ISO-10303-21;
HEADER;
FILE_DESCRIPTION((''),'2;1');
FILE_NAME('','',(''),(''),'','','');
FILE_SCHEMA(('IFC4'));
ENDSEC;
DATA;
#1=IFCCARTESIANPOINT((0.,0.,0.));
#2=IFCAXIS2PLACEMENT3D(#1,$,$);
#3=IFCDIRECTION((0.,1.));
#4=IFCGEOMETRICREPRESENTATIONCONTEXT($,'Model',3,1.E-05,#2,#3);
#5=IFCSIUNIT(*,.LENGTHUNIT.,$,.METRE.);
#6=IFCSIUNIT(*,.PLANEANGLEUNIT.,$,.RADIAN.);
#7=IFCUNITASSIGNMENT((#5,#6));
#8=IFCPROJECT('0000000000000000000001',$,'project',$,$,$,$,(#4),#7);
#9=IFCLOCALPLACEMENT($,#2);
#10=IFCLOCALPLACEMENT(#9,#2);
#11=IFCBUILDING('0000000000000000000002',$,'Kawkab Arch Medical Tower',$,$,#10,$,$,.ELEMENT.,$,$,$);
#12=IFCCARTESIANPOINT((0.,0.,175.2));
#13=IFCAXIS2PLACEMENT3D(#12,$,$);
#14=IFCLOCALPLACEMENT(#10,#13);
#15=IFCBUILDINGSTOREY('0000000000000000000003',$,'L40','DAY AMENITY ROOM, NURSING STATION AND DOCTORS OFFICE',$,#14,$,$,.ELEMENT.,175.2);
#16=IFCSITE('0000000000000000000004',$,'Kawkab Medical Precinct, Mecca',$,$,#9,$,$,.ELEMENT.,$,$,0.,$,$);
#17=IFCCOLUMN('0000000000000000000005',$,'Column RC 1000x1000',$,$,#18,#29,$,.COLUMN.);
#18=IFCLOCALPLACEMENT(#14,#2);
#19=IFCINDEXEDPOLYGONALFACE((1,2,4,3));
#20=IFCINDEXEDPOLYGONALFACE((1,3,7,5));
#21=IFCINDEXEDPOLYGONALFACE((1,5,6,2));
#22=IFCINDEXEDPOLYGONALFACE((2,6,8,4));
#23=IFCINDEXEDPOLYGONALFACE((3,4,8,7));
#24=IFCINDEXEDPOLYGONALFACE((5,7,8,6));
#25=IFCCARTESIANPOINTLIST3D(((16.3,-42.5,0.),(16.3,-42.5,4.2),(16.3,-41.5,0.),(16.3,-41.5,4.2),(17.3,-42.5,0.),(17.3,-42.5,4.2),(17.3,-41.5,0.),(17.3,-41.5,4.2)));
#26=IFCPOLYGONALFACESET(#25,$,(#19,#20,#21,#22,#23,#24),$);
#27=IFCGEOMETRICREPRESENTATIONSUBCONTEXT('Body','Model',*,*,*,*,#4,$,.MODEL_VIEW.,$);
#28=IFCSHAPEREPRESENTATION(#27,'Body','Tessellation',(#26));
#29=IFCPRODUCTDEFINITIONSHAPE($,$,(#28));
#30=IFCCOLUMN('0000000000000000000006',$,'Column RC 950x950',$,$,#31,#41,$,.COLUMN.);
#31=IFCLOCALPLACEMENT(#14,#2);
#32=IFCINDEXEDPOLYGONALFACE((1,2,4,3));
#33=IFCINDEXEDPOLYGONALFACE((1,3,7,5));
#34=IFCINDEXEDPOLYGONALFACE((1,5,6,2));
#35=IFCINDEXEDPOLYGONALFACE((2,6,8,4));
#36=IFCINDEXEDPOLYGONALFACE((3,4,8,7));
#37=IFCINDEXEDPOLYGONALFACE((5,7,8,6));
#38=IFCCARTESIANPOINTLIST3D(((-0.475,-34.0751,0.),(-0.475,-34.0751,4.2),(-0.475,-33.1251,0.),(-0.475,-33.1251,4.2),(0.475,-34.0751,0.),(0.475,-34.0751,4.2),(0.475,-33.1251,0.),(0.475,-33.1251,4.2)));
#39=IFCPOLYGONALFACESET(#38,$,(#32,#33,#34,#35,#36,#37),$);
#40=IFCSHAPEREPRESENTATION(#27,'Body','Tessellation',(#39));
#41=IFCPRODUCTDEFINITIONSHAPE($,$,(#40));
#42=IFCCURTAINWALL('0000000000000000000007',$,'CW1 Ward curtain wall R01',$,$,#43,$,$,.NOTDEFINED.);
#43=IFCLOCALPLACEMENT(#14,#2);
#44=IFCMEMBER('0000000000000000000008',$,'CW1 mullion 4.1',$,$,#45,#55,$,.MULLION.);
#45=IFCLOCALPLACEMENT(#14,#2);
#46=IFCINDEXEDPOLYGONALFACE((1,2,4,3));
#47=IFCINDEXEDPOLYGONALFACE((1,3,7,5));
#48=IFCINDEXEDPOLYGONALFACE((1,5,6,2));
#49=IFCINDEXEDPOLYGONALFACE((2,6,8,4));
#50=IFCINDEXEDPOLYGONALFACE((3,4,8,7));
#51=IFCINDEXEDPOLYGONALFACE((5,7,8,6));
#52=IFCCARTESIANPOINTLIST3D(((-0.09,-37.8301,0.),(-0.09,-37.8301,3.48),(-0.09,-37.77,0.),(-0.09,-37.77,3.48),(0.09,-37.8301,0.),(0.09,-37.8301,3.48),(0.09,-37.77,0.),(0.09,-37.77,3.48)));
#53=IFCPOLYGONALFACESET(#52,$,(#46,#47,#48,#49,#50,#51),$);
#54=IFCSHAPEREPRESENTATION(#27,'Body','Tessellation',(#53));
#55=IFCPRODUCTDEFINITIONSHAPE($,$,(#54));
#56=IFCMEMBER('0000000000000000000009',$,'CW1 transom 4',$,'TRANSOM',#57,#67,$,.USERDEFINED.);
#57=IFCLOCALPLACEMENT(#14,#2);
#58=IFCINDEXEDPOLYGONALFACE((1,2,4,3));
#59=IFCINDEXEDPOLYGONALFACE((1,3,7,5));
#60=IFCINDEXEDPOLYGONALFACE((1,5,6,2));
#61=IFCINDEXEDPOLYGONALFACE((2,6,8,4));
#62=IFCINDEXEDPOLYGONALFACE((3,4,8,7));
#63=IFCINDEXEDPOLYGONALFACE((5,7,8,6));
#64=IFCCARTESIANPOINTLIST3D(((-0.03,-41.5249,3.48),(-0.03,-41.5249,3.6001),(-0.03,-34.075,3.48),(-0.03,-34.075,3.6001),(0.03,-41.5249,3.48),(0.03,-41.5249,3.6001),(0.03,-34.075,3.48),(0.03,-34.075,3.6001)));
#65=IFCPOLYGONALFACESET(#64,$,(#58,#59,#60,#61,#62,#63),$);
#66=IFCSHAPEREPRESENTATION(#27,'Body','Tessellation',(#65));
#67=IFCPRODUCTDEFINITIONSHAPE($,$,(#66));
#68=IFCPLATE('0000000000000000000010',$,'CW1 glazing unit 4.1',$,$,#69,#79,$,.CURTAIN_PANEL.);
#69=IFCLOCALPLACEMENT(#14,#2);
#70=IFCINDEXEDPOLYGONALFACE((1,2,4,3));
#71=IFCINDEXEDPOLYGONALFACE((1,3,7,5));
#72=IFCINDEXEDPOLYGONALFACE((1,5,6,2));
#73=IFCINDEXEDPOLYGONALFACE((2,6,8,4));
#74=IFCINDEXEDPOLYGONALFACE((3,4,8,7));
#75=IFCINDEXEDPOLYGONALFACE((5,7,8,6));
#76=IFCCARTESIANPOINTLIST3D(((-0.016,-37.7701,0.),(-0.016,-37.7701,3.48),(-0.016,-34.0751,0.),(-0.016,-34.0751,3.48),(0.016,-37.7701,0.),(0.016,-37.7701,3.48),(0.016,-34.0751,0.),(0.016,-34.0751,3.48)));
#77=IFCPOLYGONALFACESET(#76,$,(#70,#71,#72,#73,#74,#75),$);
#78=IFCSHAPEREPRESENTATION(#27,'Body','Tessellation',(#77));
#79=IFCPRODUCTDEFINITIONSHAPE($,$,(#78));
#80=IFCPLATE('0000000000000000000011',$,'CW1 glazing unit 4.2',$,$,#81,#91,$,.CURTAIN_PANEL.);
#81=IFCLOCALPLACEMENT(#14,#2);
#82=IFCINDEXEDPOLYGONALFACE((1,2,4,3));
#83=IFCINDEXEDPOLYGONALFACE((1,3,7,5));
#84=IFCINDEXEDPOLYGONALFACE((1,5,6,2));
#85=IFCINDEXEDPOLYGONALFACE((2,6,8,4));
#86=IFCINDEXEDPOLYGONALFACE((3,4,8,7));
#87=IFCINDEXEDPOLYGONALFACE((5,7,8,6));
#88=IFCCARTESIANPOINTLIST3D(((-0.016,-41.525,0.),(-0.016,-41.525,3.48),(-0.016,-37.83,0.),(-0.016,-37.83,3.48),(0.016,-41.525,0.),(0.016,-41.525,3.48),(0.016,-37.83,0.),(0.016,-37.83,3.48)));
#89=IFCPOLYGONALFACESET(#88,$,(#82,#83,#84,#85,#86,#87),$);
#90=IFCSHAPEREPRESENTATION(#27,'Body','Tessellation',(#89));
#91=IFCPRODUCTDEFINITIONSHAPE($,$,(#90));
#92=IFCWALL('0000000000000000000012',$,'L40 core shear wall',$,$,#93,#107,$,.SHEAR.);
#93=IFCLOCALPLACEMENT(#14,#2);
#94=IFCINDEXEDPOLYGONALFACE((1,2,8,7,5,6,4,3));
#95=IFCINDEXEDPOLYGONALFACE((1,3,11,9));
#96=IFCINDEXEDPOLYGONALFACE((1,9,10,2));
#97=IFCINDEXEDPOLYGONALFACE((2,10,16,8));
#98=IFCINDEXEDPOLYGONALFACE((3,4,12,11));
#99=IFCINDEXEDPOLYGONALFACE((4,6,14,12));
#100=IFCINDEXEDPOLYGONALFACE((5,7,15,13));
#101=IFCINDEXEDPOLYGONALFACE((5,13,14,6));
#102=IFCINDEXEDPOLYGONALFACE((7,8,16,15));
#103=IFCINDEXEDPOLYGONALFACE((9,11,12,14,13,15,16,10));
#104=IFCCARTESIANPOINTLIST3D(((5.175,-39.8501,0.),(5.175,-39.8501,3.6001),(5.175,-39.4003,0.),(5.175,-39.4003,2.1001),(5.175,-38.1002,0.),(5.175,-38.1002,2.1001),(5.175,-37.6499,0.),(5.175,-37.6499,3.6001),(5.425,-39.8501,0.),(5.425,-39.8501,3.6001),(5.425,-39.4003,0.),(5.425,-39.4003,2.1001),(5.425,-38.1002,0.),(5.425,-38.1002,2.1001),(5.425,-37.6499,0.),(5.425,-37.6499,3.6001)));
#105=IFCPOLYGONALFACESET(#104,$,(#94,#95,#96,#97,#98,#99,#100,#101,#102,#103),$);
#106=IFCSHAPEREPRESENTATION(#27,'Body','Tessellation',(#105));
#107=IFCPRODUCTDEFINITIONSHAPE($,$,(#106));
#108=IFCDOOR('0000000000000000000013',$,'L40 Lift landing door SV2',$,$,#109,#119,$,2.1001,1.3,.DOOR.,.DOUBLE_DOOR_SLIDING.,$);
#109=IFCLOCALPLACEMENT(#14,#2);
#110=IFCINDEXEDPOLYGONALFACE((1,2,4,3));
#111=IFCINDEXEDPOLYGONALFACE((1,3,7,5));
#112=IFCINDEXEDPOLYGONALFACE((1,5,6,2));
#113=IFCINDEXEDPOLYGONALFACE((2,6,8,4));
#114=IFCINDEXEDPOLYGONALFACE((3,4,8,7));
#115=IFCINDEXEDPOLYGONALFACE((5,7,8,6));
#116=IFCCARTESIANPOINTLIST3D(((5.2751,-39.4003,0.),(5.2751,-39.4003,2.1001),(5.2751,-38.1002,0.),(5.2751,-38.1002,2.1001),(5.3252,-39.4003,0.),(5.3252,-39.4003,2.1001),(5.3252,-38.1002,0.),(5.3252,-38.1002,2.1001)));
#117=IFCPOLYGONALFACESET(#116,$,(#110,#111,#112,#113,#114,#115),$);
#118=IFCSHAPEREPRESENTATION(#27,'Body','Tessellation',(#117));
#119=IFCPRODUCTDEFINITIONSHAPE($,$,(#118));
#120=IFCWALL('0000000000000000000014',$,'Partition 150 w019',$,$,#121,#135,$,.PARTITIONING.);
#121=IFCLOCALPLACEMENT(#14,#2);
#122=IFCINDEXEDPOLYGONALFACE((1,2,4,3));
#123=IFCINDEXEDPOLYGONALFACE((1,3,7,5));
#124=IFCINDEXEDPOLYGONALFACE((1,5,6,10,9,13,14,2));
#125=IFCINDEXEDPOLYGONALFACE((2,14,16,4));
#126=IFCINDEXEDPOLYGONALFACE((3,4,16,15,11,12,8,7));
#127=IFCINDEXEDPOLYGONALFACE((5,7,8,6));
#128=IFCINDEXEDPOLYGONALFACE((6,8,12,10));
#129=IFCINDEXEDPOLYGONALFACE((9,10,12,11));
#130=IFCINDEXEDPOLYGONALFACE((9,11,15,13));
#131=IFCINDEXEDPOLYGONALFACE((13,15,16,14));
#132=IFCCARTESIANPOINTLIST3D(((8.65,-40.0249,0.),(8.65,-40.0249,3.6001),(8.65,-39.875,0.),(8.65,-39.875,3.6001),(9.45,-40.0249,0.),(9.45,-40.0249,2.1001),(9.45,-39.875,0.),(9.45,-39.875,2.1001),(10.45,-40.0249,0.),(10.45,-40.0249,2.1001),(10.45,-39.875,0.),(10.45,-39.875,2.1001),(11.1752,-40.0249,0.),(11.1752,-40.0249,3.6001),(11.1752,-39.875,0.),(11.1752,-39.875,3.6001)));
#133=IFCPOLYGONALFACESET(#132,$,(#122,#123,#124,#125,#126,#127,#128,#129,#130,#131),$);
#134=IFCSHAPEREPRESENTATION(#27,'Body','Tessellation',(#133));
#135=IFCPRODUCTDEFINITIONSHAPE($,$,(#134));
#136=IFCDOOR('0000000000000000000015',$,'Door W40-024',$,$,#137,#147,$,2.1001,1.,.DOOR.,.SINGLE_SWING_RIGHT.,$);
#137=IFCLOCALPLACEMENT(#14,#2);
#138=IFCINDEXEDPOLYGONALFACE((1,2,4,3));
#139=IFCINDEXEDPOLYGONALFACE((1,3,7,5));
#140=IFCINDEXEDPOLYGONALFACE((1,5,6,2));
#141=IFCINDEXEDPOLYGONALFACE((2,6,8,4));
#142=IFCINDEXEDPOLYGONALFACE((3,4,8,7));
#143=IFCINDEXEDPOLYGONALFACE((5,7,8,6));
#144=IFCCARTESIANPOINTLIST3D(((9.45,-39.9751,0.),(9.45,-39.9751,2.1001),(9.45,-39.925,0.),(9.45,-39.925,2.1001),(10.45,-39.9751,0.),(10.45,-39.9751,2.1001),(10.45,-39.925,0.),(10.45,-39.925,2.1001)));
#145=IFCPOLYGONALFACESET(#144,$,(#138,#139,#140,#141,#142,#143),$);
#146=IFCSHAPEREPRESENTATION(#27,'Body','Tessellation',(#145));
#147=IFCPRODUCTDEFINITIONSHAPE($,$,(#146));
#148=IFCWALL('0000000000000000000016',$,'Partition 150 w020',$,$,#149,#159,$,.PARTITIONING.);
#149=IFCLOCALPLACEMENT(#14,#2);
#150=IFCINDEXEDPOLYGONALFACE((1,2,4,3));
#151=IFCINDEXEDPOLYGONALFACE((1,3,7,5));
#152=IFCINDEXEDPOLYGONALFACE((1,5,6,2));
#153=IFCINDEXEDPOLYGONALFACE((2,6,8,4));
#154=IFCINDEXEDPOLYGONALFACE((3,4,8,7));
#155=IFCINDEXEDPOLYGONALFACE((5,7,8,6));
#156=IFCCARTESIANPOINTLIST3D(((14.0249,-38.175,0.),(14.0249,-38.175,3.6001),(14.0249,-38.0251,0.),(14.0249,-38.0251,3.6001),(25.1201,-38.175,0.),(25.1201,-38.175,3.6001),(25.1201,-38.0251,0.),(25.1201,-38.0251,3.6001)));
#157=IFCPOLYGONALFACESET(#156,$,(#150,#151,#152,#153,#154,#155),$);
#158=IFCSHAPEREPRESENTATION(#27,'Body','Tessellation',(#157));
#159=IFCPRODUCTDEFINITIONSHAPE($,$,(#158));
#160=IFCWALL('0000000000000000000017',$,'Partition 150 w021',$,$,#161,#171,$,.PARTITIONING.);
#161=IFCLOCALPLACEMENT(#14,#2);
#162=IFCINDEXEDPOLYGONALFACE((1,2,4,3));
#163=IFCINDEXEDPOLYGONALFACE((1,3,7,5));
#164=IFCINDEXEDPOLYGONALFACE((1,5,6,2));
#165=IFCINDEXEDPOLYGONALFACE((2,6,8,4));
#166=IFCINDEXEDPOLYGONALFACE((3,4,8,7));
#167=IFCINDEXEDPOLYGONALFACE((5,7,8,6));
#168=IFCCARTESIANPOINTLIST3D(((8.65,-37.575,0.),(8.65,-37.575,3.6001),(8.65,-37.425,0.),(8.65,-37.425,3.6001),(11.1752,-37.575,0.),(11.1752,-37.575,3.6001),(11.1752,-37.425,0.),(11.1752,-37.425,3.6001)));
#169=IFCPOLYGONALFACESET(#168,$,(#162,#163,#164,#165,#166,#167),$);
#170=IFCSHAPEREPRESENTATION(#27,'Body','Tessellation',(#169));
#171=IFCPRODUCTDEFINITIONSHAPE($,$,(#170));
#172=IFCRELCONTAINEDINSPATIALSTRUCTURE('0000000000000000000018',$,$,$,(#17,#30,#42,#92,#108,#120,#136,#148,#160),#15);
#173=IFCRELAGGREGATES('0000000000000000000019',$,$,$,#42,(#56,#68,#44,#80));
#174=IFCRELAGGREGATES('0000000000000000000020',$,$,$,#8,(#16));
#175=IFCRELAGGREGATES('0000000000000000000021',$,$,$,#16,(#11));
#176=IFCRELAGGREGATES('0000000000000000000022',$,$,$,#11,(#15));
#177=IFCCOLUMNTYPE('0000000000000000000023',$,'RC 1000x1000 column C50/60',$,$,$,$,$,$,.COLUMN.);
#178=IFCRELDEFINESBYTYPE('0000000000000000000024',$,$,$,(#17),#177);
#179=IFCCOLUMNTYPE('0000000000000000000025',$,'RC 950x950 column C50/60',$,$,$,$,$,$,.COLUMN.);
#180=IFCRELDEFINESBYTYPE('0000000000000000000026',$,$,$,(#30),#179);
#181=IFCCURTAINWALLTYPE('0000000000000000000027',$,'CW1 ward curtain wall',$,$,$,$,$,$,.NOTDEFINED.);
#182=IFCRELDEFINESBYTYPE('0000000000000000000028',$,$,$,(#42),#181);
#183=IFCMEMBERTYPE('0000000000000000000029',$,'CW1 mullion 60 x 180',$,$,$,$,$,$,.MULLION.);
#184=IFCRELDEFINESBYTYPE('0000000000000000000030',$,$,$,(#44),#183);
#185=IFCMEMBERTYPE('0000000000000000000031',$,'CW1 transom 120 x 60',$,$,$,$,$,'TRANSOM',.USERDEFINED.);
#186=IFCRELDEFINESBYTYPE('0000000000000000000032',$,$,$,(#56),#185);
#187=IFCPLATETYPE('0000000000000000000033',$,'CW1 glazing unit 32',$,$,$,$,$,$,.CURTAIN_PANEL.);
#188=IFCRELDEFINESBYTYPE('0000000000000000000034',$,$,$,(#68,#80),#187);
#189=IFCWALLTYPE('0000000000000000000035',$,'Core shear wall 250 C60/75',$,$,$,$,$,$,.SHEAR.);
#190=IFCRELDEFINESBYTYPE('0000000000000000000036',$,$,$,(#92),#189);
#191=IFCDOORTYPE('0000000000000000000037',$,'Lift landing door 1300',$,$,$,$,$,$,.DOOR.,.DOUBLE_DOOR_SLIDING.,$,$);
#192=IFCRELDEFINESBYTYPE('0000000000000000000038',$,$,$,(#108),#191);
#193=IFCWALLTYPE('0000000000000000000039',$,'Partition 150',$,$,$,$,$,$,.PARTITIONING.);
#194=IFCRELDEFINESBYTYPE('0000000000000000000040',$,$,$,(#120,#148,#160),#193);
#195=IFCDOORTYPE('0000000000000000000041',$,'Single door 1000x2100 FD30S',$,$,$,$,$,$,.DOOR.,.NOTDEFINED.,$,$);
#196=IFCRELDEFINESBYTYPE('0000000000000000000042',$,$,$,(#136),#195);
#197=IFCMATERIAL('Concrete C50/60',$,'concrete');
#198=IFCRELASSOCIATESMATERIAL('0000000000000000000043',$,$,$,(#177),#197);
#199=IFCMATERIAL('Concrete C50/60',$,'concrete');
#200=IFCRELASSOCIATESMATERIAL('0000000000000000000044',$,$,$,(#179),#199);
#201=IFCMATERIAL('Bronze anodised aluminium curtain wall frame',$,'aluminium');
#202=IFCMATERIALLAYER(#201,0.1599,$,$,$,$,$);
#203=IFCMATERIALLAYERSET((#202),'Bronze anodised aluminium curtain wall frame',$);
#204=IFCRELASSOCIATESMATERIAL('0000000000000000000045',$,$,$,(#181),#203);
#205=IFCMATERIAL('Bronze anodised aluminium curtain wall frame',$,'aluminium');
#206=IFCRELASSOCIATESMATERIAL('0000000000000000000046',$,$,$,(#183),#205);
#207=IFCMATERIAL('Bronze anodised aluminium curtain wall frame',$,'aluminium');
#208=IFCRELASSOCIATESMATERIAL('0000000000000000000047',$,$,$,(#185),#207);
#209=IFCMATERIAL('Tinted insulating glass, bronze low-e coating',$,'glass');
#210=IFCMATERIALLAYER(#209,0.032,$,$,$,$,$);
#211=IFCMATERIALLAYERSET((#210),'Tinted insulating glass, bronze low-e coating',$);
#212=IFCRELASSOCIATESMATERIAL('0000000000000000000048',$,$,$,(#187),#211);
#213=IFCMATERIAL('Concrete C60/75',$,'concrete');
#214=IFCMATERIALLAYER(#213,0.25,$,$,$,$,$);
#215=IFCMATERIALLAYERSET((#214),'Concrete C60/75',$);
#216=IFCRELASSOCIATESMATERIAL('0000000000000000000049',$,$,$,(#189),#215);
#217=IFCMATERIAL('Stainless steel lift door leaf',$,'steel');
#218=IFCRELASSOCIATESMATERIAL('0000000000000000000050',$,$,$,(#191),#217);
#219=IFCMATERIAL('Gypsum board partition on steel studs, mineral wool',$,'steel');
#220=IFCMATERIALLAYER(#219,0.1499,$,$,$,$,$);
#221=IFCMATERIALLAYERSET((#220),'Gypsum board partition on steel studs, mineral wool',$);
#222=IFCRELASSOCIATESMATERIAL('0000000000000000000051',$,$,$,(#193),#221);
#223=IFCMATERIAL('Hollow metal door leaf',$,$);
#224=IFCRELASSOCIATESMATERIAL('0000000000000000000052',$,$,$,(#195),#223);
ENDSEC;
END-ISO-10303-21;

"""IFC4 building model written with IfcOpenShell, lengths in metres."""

from ifc_helpers import new_model, si_unit, direction, frame, frame_2d, origin, origin_2d, place, context, subcontext, project, spatial, rectangle, extrude, material, layer, layer_set, material_profile, profile_set, type_object, element, fill, aggregate, save


model = new_model("IFC4")

# Units and contexts
model_context = context("Model", 3, precision=1e-05, world=origin(), true_north=direction((0.0, 1.0)))
body_context = subcontext(model_context, "Body", "Model", "MODEL_VIEW")
ifc_project = project(units=[si_unit("LENGTHUNIT", "METRE"), si_unit("PLANEANGLEUNIT", "RADIAN")], contexts=[model_context])

# Site, building, storey
site_placement = place(None, origin())
site = spatial("IfcSite", under=ifc_project, at=site_placement, Name="Kawkab Medical Precinct, Mecca", CompositionType="ELEMENT", RefElevation=0.0)
building_placement = place(site_placement, origin())
building = spatial("IfcBuilding", under=site, at=building_placement, Name="Kawkab Arch Medical Tower", CompositionType="ELEMENT")
storey_placement = place(building_placement, frame((0.0, 0.0, 175.2)))
storey = spatial("IfcBuildingStorey", under=building, at=storey_placement, Name="L40", Description="DAY AMENITY ROOM, NURSING STATION AND DOCTORS OFFICE", CompositionType="ELEMENT", Elevation=175.2)

# Columns
ifc_material_1 = material(Name="Concrete C50/60", Category="concrete")
ifc_material_profile_1 = material_profile(ifc_material_1, rectangle(XDim=1.0, YDim=1.0, at=origin_2d()), Name="RC 1000x1000")
ifc_profile_set_1 = profile_set([ifc_material_profile_1], Name="Concrete C50/60")
column_type_1 = type_object("IfcColumnType", Name="RC 1000x1000 column C50/60", PredefinedType="COLUMN", material=ifc_profile_set_1)
column_1_placement = place(storey_placement, frame((16.8, -42.0, 0.0), z_axis=(0.0, 0.0, 1.0), x_axis=(1.0, 0.0, 0.0)))
element("IfcColumn", 1, at=column_1_placement, inside=storey, type_object=column_type_1, Name="Column RC 1000x1000", PredefinedType="COLUMN", context=body_context, shape_type="SweptSolid", body=[
    extrude(rectangle(XDim=1.0, YDim=1.0, at=origin_2d()), origin(), (0.0, 0.0, 1.0), 4.2),
])
ifc_material_2 = material(Name="Concrete C50/60", Category="concrete")
ifc_material_profile_2 = material_profile(ifc_material_2, rectangle(XDim=0.95, YDim=0.95, at=origin_2d()), Name="RC 950x950")
ifc_profile_set_2 = profile_set([ifc_material_profile_2], Name="Concrete C50/60")
column_type_2 = type_object("IfcColumnType", Name="RC 950x950 column C50/60", PredefinedType="COLUMN", material=ifc_profile_set_2)
column_2_placement = place(storey_placement, frame((0.0, -33.6001, 0.0), z_axis=(0.0, 0.0, 1.0), x_axis=(1.0, 0.0, 0.0)))
element("IfcColumn", 2, at=column_2_placement, inside=storey, type_object=column_type_2, Name="Column RC 950x950", PredefinedType="COLUMN", context=body_context, shape_type="SweptSolid", body=[
    extrude(rectangle(XDim=0.95, YDim=0.95, at=origin_2d()), origin(), (0.0, 0.0, 1.0), 4.2),
])

# Curtain wall, members, plates
ifc_material_3 = material(Name="Bronze anodised aluminium curtain wall frame", Category="aluminium")
ifc_layer_1 = layer(ifc_material_3, 0.1599)
ifc_layer_set_1 = layer_set([ifc_layer_1], Name="Bronze anodised aluminium curtain wall frame")
curtain_wall_type = type_object("IfcCurtainWallType", Name="CW1 ward curtain wall", PredefinedType="NOTDEFINED", material=ifc_layer_set_1)
placement = place(storey_placement, origin())
curtain_wall = element("IfcCurtainWall", 3, at=placement, inside=storey, type_object=curtain_wall_type, Name="CW1 Ward curtain wall R01", PredefinedType="NOTDEFINED")
ifc_material_4 = material(Name="Bronze anodised aluminium curtain wall frame", Category="aluminium")
ifc_material_profile_3 = material_profile(ifc_material_4, rectangle(XDim=0.1799, YDim=0.0601, at=origin_2d()), Name="AL 60x180")
ifc_profile_set_3 = profile_set([ifc_material_profile_3], Name="Bronze anodised aluminium curtain wall frame")
member_type_1 = type_object("IfcMemberType", Name="CW1 mullion 60 x 180", PredefinedType="MULLION", material=ifc_profile_set_3)
member_1_placement = place(storey_placement, frame((0.0, -37.8, 0.0), z_axis=(0.0, 0.0, 1.0), x_axis=(1.0, 0.0, 0.0)))
member_1 = element("IfcMember", 4, at=member_1_placement, type_object=member_type_1, Name="CW1 mullion 4.1", PredefinedType="MULLION", context=body_context, shape_type="SweptSolid", body=[
    extrude(rectangle(XDim=0.1799, YDim=0.0601, at=origin_2d()), origin(), (0.0, 0.0, 1.0), 3.48),
])
ifc_material_5 = material(Name="Bronze anodised aluminium curtain wall frame", Category="aluminium")
ifc_material_profile_4 = material_profile(ifc_material_5, rectangle(XDim=0.0601, YDim=0.1201, at=origin_2d()), Name="AL 60x120")
ifc_profile_set_4 = profile_set([ifc_material_profile_4], Name="Bronze anodised aluminium curtain wall frame")
member_type_2 = type_object("IfcMemberType", Name="CW1 transom 120 x 60", ElementType="TRANSOM", PredefinedType="USERDEFINED", material=ifc_profile_set_4)
member_2_placement = place(storey_placement, frame((0.0, -34.075, 3.54), z_axis=(0.0, -1.0, 0.0), x_axis=(1.0, 0.0, 0.0)))
member_2 = element("IfcMember", 5, at=member_2_placement, type_object=member_type_2, Name="CW1 transom 4", ObjectType="TRANSOM", PredefinedType="USERDEFINED", context=body_context, shape_type="SweptSolid", body=[
    extrude(rectangle(XDim=0.0601, YDim=0.1201, at=origin_2d()), origin(), (0.0, 0.0, 1.0), 7.45),
])
ifc_material_6 = material(Name="Tinted insulating glass, bronze low-e coating", Category="glass")
ifc_layer_2 = layer(ifc_material_6, 0.032)
ifc_layer_set_2 = layer_set([ifc_layer_2], Name="Tinted insulating glass, bronze low-e coating")
plate_type = type_object("IfcPlateType", Name="CW1 glazing unit 32", PredefinedType="CURTAIN_PANEL", material=ifc_layer_set_2)
plate_1_placement = place(storey_placement, frame((0.0, -35.9226, 0.0), z_axis=(0.0, 0.0, 1.0), x_axis=(0.0, -1.0, 0.0)))
plate_1 = element("IfcPlate", 6, at=plate_1_placement, type_object=plate_type, Name="CW1 glazing unit 4.1", PredefinedType="CURTAIN_PANEL", context=body_context, shape_type="SweptSolid", body=[
    extrude(rectangle(XDim=3.6951, YDim=0.032, at=origin_2d()), origin(), (0.0, 0.0, 1.0), 3.48),
])
plate_2_placement = place(storey_placement, frame((0.0, -39.6775, 0.0), z_axis=(0.0, 0.0, 1.0), x_axis=(0.0, -1.0, 0.0)))
plate_2 = element("IfcPlate", 7, at=plate_2_placement, type_object=plate_type, Name="CW1 glazing unit 4.2", PredefinedType="CURTAIN_PANEL", context=body_context, shape_type="SweptSolid", body=[
    extrude(rectangle(XDim=3.6951, YDim=0.032, at=origin_2d()), origin(), (0.0, 0.0, 1.0), 3.48),
])
aggregate(curtain_wall, [member_2, plate_1, member_1, plate_2])

# Walls, openings, doors
ifc_material_7 = material(Name="Concrete C60/75", Category="concrete")
ifc_layer_3 = layer(ifc_material_7, 0.25)
ifc_layer_set_3 = layer_set([ifc_layer_3], Name="Concrete C60/75")
wall_type_1 = type_object("IfcWallType", Name="Core shear wall 250 C60/75", PredefinedType="SHEAR", material=ifc_layer_set_3)
wall_1_placement = place(storey_placement, frame((5.3, -39.8501, 0.0), z_axis=(0.0, 0.0, 1.0), x_axis=(0.0, 1.0, 0.0)))
wall_1 = element("IfcWall", 8, at=wall_1_placement, inside=storey, type_object=wall_type_1, Name="L40 core shear wall", PredefinedType="SHEAR", context=body_context, shape_type="SweptSolid", body=[
    extrude(rectangle(XDim=2.2002, YDim=0.25, at=frame_2d((1.1001, 0.0))), origin(), (0.0, 0.0, 1.0), 3.6001),
])
opening_1_placement = place(wall_1_placement, frame((0.45, 0.0, 0.0)))
opening_1 = element("IfcOpeningElement", 9, at=opening_1_placement, cuts=wall_1, PredefinedType="OPENING", context=body_context, shape_type="SweptSolid", body=[
    extrude(rectangle(XDim=1.3, YDim=2.1001, at=frame_2d((0.6499, 1.05))), frame((0.0, 0.135, 0.0), z_axis=(0.0, -1.0, 0.0), x_axis=(1.0, 0.0, 0.0)), (0.0, 0.0, 1.0), 0.27),
])
ifc_material_8 = material(Name="Stainless steel lift door leaf", Category="steel")
door_type_1 = type_object("IfcDoorType", Name="Lift landing door 1300", OperationType="DOUBLE_DOOR_SLIDING", PredefinedType="DOOR", material=ifc_material_8)
door_1_placement = place(opening_1_placement, origin())
door_1 = element("IfcDoor", 10, at=door_1_placement, inside=storey, type_object=door_type_1, Name="L40 Lift landing door SV2", OperationType="DOUBLE_DOOR_SLIDING", OverallHeight=2.1001, OverallWidth=1.3, PredefinedType="DOOR", context=body_context, shape_type="SweptSolid", body=[
    extrude(rectangle(XDim=1.3, YDim=2.1001, at=frame_2d((0.6499, 1.05))), frame((0.0, 0.0249, 0.0), z_axis=(0.0, -1.0, 0.0), x_axis=(1.0, 0.0, 0.0)), (0.0, 0.0, 1.0), 0.05),
])
fill(opening_1, door_1)
ifc_material_9 = material(Name="Gypsum board partition on steel studs, mineral wool", Category="steel")
ifc_layer_4 = layer(ifc_material_9, 0.1499)
ifc_layer_set_4 = layer_set([ifc_layer_4], Name="Gypsum board partition on steel studs, mineral wool")
wall_type_2 = type_object("IfcWallType", Name="Partition 150", PredefinedType="PARTITIONING", material=ifc_layer_set_4)
wall_2_placement = place(storey_placement, frame((8.6499, -39.95, 0.0), z_axis=(0.0, 0.0, 1.0), x_axis=(1.0, 0.0, 0.0)))
wall_2 = element("IfcWall", 11, at=wall_2_placement, inside=storey, type_object=wall_type_2, Name="Partition 150 w019", PredefinedType="PARTITIONING", context=body_context, shape_type="SweptSolid", body=[
    extrude(rectangle(XDim=2.5251, YDim=0.1499, at=frame_2d((1.2627, 0.0))), origin(), (0.0, 0.0, 1.0), 3.6001),
])
opening_2_placement = place(wall_2_placement, frame((0.8, 0.0, 0.0)))
opening_2 = element("IfcOpeningElement", 12, at=opening_2_placement, cuts=wall_2, PredefinedType="OPENING", context=body_context, shape_type="SweptSolid", body=[
    extrude(rectangle(XDim=1.0, YDim=2.1001, at=frame_2d((0.5, 1.05))), frame((0.0, 0.085, 0.0), z_axis=(0.0, -1.0, 0.0), x_axis=(1.0, 0.0, 0.0)), (0.0, 0.0, 1.0), 0.1699),
])
ifc_material_10 = material(Name="Hollow metal door leaf")
door_type_2 = type_object("IfcDoorType", Name="Single door 1000x2100 FD30S", OperationType="NOTDEFINED", PredefinedType="DOOR", material=ifc_material_10)
door_2_placement = place(opening_2_placement, origin())
door_2 = element("IfcDoor", 13, at=door_2_placement, inside=storey, type_object=door_type_2, Name="Door W40-024", OperationType="SINGLE_SWING_RIGHT", OverallHeight=2.1001, OverallWidth=1.0, PredefinedType="DOOR", context=body_context, shape_type="SweptSolid", body=[
    extrude(rectangle(XDim=1.0, YDim=2.1001, at=frame_2d((0.5, 1.05))), frame((0.0, 0.0249, 0.0), z_axis=(0.0, -1.0, 0.0), x_axis=(1.0, 0.0, 0.0)), (0.0, 0.0, 1.0), 0.05),
])
fill(opening_2, door_2)

# Walls
wall_3_placement = place(storey_placement, frame((14.0249, -38.1001, 0.0), z_axis=(0.0, 0.0, 1.0), x_axis=(1.0, 0.0, 0.0)))
element("IfcWall", 14, at=wall_3_placement, inside=storey, type_object=wall_type_2, Name="Partition 150 w020", PredefinedType="PARTITIONING", context=body_context, shape_type="SweptSolid", body=[
    extrude(rectangle(XDim=11.0952, YDim=0.1499, at=frame_2d((5.5476, 0.0))), origin(), (0.0, 0.0, 1.0), 3.6001),
])
wall_4_placement = place(storey_placement, frame((8.6499, -37.5, 0.0), z_axis=(0.0, 0.0, 1.0), x_axis=(1.0, 0.0, 0.0)))
element("IfcWall", 15, at=wall_4_placement, inside=storey, type_object=wall_type_2, Name="Partition 150 w021", PredefinedType="PARTITIONING", context=body_context, shape_type="SweptSolid", body=[
    extrude(rectangle(XDim=2.5251, YDim=0.1499, at=frame_2d((1.2627, 0.0))), origin(), (0.0, 0.0, 1.0), 3.6001),
])

save(model, "model.ifc")
